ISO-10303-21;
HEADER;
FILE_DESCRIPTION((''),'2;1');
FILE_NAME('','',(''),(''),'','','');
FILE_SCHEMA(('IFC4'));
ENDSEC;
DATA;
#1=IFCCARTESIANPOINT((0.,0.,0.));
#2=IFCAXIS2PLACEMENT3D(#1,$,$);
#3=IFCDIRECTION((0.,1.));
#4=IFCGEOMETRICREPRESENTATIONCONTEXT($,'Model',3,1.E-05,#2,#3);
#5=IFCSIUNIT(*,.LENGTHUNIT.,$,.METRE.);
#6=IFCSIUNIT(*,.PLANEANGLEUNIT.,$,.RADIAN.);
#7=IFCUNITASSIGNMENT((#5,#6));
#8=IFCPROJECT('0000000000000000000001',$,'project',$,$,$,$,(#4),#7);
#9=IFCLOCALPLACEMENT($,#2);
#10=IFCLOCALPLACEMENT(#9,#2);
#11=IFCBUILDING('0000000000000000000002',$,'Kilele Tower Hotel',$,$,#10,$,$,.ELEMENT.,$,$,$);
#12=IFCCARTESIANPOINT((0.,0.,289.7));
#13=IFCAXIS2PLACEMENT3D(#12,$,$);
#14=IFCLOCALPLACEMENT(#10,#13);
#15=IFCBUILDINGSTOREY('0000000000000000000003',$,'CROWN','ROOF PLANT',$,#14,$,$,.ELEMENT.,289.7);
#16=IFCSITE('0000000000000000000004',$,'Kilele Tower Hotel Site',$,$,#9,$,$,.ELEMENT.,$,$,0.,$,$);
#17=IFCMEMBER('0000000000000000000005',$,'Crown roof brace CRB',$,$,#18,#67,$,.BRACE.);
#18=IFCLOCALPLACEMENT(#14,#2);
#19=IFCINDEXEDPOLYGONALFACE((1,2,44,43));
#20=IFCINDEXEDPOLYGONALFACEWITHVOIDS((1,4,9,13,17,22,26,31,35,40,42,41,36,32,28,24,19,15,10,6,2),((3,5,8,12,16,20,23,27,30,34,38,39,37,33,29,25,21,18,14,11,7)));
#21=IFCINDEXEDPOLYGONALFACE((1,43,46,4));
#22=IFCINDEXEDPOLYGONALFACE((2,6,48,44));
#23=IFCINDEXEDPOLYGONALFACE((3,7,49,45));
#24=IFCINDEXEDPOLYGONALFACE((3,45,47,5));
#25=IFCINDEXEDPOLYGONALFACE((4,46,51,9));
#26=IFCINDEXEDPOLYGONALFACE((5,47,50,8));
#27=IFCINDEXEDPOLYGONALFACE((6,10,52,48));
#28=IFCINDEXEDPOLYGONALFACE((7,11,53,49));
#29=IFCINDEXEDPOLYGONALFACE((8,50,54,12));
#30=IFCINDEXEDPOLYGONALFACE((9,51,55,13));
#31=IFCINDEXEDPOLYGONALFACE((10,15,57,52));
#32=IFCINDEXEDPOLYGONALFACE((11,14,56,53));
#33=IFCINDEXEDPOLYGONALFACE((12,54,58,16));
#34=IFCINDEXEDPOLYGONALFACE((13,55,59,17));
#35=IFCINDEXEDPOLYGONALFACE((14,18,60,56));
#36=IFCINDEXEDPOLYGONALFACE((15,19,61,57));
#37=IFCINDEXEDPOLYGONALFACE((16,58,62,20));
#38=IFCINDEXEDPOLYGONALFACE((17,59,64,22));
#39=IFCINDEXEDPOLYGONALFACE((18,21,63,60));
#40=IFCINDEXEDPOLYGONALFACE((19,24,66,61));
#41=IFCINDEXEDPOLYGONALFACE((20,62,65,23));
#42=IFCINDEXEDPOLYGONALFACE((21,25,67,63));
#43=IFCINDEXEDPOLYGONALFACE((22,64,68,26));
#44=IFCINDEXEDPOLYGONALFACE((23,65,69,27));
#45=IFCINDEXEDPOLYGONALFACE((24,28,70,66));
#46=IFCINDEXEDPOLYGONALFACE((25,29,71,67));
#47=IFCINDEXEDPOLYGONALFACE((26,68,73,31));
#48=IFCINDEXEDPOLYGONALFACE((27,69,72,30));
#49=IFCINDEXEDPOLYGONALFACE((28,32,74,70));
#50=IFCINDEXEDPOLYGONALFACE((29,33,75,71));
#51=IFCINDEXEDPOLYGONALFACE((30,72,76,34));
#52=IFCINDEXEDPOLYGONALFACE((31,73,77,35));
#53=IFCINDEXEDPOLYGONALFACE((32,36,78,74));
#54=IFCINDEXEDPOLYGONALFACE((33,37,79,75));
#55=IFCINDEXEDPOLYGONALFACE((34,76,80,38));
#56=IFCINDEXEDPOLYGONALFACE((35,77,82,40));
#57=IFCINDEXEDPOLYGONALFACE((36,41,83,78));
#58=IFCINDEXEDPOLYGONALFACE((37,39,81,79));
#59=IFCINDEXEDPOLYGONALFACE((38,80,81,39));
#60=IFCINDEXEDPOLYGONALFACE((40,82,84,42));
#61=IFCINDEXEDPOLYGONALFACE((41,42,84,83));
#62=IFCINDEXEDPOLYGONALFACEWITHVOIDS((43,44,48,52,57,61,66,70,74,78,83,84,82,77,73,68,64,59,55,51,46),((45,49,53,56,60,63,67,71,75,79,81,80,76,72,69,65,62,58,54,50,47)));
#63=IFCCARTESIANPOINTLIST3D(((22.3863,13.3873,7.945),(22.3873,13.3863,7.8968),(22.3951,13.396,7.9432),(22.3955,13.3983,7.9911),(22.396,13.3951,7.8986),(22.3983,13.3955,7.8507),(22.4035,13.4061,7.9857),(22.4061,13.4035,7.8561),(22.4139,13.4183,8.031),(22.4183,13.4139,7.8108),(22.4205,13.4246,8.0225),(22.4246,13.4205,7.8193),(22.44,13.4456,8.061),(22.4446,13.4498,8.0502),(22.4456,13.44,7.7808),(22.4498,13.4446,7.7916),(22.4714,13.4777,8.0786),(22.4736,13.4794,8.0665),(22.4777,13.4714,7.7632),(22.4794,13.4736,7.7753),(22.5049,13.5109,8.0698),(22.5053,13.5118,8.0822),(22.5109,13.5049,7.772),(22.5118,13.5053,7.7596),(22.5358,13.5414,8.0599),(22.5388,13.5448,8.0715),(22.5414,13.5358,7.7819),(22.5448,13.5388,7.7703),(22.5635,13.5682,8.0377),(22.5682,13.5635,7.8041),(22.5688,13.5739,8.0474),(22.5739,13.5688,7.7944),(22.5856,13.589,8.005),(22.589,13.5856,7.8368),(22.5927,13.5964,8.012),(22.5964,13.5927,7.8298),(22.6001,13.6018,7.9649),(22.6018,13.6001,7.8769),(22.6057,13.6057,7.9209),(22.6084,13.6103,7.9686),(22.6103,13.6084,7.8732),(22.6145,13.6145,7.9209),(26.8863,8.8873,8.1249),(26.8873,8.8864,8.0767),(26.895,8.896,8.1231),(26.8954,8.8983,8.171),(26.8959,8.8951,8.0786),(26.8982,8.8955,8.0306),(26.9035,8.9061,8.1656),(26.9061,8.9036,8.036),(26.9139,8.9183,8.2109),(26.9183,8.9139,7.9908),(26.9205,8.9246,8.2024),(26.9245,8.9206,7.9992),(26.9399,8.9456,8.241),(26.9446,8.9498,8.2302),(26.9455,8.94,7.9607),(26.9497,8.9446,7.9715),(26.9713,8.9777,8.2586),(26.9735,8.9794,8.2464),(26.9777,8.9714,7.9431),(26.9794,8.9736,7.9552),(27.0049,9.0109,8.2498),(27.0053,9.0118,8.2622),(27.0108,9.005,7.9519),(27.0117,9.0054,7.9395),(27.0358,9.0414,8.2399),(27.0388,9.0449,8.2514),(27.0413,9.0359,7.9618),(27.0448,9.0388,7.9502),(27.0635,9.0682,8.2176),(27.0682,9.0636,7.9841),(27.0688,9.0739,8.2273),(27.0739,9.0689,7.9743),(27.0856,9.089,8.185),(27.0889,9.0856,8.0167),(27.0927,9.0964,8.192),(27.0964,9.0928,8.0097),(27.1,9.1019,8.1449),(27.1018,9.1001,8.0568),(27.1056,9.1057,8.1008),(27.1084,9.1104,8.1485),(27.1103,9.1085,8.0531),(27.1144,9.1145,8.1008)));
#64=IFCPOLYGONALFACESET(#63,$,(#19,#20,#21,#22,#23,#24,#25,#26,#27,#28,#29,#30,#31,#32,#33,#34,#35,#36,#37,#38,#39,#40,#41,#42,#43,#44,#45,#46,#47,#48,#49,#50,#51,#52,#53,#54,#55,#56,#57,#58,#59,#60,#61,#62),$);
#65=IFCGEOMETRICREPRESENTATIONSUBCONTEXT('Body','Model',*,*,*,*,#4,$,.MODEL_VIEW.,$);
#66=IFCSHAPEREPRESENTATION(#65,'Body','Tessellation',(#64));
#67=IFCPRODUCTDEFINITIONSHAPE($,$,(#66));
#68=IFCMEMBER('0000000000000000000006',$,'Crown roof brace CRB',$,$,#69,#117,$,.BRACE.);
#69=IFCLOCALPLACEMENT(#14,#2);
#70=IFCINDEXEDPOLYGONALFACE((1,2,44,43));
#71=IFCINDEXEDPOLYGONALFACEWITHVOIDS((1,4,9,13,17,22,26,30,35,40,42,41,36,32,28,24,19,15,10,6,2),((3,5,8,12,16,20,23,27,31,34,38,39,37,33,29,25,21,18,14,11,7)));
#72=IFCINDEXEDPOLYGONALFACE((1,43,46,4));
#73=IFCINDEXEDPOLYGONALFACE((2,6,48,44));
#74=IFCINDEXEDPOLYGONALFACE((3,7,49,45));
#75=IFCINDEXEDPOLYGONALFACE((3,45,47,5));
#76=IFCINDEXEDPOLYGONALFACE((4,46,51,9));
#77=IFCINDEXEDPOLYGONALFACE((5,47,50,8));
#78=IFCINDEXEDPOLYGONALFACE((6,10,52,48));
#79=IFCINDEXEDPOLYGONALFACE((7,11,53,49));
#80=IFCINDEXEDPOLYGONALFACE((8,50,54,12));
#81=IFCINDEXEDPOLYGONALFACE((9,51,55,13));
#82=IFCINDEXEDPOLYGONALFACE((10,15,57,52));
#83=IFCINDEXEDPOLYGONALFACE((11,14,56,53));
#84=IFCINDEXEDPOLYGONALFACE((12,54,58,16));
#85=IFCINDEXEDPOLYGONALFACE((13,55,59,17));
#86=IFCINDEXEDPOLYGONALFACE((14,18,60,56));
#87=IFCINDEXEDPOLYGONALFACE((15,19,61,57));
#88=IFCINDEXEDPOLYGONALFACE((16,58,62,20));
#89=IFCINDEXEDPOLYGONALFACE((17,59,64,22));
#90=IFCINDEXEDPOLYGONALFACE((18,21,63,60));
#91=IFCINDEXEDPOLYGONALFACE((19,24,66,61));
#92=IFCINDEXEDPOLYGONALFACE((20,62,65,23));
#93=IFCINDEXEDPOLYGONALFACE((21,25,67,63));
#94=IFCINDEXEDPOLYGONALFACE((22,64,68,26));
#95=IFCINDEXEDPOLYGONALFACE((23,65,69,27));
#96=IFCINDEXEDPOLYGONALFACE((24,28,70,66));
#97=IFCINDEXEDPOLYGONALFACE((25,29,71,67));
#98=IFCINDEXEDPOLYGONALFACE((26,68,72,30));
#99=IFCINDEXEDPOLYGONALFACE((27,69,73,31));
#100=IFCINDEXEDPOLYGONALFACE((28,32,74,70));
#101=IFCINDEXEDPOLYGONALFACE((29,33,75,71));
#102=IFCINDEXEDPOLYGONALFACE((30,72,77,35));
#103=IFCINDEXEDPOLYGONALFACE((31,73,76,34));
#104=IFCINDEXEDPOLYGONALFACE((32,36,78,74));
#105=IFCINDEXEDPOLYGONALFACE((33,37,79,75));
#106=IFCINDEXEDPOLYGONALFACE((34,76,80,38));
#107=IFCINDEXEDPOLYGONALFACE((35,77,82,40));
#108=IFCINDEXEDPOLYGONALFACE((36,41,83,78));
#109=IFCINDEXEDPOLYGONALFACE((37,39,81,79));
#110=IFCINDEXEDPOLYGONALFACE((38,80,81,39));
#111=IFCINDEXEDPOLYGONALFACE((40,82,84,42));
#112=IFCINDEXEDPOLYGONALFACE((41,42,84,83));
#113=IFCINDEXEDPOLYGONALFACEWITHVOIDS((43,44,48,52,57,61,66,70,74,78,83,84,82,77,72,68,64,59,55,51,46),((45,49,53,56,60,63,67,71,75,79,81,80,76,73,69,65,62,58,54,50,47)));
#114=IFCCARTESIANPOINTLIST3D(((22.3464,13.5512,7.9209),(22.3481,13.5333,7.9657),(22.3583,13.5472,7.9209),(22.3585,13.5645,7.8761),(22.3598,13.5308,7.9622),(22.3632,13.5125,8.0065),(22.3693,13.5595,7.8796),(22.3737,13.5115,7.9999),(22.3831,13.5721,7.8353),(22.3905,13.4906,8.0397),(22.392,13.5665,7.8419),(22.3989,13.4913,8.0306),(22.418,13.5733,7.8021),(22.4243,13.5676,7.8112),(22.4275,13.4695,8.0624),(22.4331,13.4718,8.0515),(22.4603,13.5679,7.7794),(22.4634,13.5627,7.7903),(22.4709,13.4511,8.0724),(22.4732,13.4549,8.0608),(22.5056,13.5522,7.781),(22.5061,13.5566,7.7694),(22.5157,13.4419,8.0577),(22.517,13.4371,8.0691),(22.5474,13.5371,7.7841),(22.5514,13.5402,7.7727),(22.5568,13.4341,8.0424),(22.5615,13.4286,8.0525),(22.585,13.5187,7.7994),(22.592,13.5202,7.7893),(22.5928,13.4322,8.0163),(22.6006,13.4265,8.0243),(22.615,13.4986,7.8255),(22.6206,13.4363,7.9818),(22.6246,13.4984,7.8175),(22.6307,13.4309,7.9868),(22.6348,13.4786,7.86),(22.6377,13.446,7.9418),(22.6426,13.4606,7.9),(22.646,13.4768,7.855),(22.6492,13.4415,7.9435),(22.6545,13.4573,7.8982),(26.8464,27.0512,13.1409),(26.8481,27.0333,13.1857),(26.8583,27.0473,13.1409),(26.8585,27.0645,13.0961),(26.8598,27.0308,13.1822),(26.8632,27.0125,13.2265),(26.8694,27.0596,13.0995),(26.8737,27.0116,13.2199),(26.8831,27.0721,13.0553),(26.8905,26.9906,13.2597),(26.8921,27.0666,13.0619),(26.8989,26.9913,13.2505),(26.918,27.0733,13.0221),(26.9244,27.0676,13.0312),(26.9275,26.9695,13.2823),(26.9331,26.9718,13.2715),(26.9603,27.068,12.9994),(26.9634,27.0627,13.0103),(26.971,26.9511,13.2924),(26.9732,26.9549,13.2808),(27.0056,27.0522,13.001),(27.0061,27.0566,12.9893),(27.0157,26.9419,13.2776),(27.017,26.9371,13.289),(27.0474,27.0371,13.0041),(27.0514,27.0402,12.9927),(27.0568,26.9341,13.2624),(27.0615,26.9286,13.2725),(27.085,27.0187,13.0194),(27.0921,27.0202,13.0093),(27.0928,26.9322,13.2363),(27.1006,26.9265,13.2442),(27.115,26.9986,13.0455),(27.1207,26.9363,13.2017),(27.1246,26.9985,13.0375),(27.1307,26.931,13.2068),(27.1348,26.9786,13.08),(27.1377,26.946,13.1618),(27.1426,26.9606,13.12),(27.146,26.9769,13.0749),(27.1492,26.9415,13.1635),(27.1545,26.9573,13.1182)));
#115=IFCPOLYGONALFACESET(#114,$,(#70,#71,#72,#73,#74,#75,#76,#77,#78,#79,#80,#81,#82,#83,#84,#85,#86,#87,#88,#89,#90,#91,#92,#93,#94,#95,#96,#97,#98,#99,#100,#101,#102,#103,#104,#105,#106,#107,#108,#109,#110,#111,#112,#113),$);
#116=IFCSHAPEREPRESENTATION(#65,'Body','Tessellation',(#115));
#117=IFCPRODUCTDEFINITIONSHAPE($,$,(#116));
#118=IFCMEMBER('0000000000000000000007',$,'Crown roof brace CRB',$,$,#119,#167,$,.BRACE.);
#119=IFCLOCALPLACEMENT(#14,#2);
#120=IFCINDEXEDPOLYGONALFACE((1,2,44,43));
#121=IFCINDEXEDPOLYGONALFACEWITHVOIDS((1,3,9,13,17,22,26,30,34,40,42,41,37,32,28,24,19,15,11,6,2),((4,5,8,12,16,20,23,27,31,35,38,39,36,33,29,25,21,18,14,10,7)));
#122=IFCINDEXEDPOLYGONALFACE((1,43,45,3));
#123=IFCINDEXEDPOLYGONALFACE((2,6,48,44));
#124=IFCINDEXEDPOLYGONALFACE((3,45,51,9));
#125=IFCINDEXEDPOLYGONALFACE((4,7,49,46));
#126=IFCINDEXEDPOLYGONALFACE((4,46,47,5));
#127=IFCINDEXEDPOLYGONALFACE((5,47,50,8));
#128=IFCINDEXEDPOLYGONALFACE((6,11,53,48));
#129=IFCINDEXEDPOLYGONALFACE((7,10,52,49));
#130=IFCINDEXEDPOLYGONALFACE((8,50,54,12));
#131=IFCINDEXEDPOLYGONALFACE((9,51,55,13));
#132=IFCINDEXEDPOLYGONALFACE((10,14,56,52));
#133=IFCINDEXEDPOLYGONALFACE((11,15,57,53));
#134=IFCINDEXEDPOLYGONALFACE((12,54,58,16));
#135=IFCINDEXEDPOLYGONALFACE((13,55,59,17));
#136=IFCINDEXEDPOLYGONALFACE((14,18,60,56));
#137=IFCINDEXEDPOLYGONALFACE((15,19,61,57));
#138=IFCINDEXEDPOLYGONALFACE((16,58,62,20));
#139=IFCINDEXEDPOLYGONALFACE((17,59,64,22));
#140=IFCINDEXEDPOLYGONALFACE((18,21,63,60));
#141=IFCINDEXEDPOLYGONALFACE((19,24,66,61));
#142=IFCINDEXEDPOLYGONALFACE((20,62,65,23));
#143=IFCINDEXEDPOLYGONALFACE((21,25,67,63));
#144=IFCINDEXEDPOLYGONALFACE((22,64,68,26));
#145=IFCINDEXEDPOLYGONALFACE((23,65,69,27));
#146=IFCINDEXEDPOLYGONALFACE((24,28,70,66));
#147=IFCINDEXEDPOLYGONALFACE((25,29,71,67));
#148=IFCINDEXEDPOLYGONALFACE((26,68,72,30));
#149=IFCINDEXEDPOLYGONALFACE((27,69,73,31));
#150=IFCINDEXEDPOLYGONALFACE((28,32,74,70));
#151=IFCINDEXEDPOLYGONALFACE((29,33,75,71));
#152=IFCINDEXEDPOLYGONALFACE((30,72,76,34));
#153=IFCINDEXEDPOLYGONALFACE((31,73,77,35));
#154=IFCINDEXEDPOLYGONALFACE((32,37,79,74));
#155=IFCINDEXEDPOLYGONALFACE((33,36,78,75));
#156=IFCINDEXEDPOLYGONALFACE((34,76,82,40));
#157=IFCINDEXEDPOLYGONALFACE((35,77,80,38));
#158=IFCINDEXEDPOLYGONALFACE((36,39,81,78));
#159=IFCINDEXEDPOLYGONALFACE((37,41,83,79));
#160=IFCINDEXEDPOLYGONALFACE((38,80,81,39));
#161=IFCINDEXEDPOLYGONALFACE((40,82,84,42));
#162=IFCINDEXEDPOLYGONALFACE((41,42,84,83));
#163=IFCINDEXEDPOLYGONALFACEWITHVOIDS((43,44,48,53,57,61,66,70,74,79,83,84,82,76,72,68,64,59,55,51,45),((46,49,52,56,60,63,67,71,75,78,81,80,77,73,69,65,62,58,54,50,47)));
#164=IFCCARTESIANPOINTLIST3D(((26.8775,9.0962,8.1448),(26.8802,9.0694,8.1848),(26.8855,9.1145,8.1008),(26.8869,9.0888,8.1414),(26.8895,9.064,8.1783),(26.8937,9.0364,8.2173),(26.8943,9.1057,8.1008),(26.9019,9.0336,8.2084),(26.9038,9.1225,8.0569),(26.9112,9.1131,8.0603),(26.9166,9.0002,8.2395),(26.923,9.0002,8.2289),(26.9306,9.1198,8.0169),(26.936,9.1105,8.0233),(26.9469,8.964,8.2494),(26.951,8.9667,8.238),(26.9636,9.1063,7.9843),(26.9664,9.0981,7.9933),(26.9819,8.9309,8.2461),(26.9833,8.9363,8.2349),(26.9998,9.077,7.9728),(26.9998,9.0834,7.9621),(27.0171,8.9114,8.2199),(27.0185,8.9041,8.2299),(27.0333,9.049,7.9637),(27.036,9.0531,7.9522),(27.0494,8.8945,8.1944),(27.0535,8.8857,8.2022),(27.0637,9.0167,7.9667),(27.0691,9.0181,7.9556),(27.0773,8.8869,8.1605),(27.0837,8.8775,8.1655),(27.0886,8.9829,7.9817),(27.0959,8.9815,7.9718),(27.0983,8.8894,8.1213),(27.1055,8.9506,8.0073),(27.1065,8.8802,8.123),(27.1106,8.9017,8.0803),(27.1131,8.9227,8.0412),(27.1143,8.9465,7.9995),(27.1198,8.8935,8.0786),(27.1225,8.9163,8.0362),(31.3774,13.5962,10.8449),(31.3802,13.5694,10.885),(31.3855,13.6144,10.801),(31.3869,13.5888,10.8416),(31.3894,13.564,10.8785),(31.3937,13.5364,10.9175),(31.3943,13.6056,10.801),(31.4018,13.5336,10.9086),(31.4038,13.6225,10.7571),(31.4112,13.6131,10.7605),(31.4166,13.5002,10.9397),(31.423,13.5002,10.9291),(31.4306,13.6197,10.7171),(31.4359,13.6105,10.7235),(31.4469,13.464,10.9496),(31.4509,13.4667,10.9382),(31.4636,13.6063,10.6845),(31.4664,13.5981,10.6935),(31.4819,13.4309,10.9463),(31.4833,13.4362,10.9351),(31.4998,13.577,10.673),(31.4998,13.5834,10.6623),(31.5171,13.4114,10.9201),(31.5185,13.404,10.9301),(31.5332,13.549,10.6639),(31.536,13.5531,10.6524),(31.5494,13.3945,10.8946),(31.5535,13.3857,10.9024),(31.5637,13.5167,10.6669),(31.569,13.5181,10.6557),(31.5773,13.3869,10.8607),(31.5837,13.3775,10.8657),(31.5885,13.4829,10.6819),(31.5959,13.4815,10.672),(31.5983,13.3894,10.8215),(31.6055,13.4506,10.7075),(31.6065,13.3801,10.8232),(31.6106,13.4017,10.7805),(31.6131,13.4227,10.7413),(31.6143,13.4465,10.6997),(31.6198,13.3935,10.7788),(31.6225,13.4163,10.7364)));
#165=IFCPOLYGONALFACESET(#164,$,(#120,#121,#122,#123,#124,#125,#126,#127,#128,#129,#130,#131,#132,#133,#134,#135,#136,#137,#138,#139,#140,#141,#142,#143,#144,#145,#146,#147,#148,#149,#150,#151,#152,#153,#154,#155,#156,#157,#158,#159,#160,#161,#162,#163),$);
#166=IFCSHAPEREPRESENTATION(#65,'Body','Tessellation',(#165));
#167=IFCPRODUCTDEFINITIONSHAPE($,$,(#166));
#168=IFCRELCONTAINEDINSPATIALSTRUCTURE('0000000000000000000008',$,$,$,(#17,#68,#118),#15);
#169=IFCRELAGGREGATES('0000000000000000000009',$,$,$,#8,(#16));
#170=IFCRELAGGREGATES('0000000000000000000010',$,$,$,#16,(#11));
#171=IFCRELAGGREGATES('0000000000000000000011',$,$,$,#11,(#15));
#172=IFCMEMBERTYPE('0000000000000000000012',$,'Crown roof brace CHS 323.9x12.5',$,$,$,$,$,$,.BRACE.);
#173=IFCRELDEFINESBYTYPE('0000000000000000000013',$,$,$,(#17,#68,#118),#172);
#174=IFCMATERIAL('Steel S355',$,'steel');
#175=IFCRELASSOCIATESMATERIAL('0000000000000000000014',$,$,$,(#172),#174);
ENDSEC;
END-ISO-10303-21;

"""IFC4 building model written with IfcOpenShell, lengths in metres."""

from ifc_helpers import new_model, si_unit, direction, frame, origin, origin_2d, place, context, subcontext, project, spatial, hollow_circle, extrude, material, material_profile, profile_set, type_object, element, save


model = new_model("IFC4")

# Units and contexts
model_context = context("Model", 3, precision=1e-05, world=origin(), true_north=direction((0.0, 1.0)))
body_context = subcontext(model_context, "Body", "Model", "MODEL_VIEW")
ifc_project = project(units=[si_unit("LENGTHUNIT", "METRE"), si_unit("PLANEANGLEUNIT", "RADIAN")], contexts=[model_context])

# Site, building, storey
site_placement = place(None, origin())
site = spatial("IfcSite", under=ifc_project, at=site_placement, Name="Kilele Tower Hotel Site", CompositionType="ELEMENT", RefElevation=0.0)
building_placement = place(site_placement, origin())
building = spatial("IfcBuilding", under=site, at=building_placement, Name="Kilele Tower Hotel", CompositionType="ELEMENT")
storey_placement = place(building_placement, frame((0.0, 0.0, 289.7)))
storey = spatial("IfcBuildingStorey", under=building, at=storey_placement, Name="CROWN", Description="ROOF PLANT", CompositionType="ELEMENT", Elevation=289.7)

# Members
ifc_material_1 = material(Name="Steel S355", Category="steel")
ifc_material_profile_1 = material_profile(ifc_material_1, hollow_circle(Radius=0.1619, WallThickness=0.0125, at=origin_2d()))
ifc_profile_set_1 = profile_set([ifc_material_profile_1], Name="Steel S355")
member_type_1 = type_object("IfcMemberType", Name="Crown roof brace CHS 323.9x12.5", PredefinedType="BRACE", material=ifc_profile_set_1)
member_1_placement = place(storey_placement, frame((22.5, 13.5, 7.9209), z_axis=(0.706824, -0.706824, 0.028262), x_axis=(0.707107, 0.707107, 0.0)))
element("IfcMember", 1, at=member_1_placement, inside=storey, type_object=member_type_1, Name="Crown roof brace CRB", PredefinedType="BRACE", context=body_context, shape_type="SweptSolid", body=[
    extrude(hollow_circle(Radius=0.1619, WallThickness=0.0125, at=origin_2d()), origin(), (0.0, 0.0, 1.0), 6.3665),
])
member_2_placement = place(storey_placement, frame((22.5, 13.5, 7.9209), z_axis=(0.296884, 0.890652, 0.344383), x_axis=(-0.948683, 0.316228, 0.0)))
element("IfcMember", 2, at=member_2_placement, inside=storey, type_object=member_type_1, Name="Crown roof brace CRB", PredefinedType="BRACE", context=body_context, shape_type="SweptSolid", body=[
    extrude(hollow_circle(Radius=0.1619, WallThickness=0.0125, at=origin_2d()), origin(), (0.0, 0.0, 1.0), 15.1575),
])
member_3_placement = place(storey_placement, frame((27.0, 9.0, 8.1008), z_axis=(0.650937, 0.650937, 0.390591), x_axis=(-0.707107, 0.707107, 0.0)))
element("IfcMember", 3, at=member_3_placement, inside=storey, type_object=member_type_1, Name="Crown roof brace CRB", PredefinedType="BRACE", context=body_context, shape_type="SweptSolid", body=[
    extrude(hollow_circle(Radius=0.1619, WallThickness=0.0125, at=origin_2d()), origin(), (0.0, 0.0, 1.0), 6.9131),
])

save(model, "model.ifc")
